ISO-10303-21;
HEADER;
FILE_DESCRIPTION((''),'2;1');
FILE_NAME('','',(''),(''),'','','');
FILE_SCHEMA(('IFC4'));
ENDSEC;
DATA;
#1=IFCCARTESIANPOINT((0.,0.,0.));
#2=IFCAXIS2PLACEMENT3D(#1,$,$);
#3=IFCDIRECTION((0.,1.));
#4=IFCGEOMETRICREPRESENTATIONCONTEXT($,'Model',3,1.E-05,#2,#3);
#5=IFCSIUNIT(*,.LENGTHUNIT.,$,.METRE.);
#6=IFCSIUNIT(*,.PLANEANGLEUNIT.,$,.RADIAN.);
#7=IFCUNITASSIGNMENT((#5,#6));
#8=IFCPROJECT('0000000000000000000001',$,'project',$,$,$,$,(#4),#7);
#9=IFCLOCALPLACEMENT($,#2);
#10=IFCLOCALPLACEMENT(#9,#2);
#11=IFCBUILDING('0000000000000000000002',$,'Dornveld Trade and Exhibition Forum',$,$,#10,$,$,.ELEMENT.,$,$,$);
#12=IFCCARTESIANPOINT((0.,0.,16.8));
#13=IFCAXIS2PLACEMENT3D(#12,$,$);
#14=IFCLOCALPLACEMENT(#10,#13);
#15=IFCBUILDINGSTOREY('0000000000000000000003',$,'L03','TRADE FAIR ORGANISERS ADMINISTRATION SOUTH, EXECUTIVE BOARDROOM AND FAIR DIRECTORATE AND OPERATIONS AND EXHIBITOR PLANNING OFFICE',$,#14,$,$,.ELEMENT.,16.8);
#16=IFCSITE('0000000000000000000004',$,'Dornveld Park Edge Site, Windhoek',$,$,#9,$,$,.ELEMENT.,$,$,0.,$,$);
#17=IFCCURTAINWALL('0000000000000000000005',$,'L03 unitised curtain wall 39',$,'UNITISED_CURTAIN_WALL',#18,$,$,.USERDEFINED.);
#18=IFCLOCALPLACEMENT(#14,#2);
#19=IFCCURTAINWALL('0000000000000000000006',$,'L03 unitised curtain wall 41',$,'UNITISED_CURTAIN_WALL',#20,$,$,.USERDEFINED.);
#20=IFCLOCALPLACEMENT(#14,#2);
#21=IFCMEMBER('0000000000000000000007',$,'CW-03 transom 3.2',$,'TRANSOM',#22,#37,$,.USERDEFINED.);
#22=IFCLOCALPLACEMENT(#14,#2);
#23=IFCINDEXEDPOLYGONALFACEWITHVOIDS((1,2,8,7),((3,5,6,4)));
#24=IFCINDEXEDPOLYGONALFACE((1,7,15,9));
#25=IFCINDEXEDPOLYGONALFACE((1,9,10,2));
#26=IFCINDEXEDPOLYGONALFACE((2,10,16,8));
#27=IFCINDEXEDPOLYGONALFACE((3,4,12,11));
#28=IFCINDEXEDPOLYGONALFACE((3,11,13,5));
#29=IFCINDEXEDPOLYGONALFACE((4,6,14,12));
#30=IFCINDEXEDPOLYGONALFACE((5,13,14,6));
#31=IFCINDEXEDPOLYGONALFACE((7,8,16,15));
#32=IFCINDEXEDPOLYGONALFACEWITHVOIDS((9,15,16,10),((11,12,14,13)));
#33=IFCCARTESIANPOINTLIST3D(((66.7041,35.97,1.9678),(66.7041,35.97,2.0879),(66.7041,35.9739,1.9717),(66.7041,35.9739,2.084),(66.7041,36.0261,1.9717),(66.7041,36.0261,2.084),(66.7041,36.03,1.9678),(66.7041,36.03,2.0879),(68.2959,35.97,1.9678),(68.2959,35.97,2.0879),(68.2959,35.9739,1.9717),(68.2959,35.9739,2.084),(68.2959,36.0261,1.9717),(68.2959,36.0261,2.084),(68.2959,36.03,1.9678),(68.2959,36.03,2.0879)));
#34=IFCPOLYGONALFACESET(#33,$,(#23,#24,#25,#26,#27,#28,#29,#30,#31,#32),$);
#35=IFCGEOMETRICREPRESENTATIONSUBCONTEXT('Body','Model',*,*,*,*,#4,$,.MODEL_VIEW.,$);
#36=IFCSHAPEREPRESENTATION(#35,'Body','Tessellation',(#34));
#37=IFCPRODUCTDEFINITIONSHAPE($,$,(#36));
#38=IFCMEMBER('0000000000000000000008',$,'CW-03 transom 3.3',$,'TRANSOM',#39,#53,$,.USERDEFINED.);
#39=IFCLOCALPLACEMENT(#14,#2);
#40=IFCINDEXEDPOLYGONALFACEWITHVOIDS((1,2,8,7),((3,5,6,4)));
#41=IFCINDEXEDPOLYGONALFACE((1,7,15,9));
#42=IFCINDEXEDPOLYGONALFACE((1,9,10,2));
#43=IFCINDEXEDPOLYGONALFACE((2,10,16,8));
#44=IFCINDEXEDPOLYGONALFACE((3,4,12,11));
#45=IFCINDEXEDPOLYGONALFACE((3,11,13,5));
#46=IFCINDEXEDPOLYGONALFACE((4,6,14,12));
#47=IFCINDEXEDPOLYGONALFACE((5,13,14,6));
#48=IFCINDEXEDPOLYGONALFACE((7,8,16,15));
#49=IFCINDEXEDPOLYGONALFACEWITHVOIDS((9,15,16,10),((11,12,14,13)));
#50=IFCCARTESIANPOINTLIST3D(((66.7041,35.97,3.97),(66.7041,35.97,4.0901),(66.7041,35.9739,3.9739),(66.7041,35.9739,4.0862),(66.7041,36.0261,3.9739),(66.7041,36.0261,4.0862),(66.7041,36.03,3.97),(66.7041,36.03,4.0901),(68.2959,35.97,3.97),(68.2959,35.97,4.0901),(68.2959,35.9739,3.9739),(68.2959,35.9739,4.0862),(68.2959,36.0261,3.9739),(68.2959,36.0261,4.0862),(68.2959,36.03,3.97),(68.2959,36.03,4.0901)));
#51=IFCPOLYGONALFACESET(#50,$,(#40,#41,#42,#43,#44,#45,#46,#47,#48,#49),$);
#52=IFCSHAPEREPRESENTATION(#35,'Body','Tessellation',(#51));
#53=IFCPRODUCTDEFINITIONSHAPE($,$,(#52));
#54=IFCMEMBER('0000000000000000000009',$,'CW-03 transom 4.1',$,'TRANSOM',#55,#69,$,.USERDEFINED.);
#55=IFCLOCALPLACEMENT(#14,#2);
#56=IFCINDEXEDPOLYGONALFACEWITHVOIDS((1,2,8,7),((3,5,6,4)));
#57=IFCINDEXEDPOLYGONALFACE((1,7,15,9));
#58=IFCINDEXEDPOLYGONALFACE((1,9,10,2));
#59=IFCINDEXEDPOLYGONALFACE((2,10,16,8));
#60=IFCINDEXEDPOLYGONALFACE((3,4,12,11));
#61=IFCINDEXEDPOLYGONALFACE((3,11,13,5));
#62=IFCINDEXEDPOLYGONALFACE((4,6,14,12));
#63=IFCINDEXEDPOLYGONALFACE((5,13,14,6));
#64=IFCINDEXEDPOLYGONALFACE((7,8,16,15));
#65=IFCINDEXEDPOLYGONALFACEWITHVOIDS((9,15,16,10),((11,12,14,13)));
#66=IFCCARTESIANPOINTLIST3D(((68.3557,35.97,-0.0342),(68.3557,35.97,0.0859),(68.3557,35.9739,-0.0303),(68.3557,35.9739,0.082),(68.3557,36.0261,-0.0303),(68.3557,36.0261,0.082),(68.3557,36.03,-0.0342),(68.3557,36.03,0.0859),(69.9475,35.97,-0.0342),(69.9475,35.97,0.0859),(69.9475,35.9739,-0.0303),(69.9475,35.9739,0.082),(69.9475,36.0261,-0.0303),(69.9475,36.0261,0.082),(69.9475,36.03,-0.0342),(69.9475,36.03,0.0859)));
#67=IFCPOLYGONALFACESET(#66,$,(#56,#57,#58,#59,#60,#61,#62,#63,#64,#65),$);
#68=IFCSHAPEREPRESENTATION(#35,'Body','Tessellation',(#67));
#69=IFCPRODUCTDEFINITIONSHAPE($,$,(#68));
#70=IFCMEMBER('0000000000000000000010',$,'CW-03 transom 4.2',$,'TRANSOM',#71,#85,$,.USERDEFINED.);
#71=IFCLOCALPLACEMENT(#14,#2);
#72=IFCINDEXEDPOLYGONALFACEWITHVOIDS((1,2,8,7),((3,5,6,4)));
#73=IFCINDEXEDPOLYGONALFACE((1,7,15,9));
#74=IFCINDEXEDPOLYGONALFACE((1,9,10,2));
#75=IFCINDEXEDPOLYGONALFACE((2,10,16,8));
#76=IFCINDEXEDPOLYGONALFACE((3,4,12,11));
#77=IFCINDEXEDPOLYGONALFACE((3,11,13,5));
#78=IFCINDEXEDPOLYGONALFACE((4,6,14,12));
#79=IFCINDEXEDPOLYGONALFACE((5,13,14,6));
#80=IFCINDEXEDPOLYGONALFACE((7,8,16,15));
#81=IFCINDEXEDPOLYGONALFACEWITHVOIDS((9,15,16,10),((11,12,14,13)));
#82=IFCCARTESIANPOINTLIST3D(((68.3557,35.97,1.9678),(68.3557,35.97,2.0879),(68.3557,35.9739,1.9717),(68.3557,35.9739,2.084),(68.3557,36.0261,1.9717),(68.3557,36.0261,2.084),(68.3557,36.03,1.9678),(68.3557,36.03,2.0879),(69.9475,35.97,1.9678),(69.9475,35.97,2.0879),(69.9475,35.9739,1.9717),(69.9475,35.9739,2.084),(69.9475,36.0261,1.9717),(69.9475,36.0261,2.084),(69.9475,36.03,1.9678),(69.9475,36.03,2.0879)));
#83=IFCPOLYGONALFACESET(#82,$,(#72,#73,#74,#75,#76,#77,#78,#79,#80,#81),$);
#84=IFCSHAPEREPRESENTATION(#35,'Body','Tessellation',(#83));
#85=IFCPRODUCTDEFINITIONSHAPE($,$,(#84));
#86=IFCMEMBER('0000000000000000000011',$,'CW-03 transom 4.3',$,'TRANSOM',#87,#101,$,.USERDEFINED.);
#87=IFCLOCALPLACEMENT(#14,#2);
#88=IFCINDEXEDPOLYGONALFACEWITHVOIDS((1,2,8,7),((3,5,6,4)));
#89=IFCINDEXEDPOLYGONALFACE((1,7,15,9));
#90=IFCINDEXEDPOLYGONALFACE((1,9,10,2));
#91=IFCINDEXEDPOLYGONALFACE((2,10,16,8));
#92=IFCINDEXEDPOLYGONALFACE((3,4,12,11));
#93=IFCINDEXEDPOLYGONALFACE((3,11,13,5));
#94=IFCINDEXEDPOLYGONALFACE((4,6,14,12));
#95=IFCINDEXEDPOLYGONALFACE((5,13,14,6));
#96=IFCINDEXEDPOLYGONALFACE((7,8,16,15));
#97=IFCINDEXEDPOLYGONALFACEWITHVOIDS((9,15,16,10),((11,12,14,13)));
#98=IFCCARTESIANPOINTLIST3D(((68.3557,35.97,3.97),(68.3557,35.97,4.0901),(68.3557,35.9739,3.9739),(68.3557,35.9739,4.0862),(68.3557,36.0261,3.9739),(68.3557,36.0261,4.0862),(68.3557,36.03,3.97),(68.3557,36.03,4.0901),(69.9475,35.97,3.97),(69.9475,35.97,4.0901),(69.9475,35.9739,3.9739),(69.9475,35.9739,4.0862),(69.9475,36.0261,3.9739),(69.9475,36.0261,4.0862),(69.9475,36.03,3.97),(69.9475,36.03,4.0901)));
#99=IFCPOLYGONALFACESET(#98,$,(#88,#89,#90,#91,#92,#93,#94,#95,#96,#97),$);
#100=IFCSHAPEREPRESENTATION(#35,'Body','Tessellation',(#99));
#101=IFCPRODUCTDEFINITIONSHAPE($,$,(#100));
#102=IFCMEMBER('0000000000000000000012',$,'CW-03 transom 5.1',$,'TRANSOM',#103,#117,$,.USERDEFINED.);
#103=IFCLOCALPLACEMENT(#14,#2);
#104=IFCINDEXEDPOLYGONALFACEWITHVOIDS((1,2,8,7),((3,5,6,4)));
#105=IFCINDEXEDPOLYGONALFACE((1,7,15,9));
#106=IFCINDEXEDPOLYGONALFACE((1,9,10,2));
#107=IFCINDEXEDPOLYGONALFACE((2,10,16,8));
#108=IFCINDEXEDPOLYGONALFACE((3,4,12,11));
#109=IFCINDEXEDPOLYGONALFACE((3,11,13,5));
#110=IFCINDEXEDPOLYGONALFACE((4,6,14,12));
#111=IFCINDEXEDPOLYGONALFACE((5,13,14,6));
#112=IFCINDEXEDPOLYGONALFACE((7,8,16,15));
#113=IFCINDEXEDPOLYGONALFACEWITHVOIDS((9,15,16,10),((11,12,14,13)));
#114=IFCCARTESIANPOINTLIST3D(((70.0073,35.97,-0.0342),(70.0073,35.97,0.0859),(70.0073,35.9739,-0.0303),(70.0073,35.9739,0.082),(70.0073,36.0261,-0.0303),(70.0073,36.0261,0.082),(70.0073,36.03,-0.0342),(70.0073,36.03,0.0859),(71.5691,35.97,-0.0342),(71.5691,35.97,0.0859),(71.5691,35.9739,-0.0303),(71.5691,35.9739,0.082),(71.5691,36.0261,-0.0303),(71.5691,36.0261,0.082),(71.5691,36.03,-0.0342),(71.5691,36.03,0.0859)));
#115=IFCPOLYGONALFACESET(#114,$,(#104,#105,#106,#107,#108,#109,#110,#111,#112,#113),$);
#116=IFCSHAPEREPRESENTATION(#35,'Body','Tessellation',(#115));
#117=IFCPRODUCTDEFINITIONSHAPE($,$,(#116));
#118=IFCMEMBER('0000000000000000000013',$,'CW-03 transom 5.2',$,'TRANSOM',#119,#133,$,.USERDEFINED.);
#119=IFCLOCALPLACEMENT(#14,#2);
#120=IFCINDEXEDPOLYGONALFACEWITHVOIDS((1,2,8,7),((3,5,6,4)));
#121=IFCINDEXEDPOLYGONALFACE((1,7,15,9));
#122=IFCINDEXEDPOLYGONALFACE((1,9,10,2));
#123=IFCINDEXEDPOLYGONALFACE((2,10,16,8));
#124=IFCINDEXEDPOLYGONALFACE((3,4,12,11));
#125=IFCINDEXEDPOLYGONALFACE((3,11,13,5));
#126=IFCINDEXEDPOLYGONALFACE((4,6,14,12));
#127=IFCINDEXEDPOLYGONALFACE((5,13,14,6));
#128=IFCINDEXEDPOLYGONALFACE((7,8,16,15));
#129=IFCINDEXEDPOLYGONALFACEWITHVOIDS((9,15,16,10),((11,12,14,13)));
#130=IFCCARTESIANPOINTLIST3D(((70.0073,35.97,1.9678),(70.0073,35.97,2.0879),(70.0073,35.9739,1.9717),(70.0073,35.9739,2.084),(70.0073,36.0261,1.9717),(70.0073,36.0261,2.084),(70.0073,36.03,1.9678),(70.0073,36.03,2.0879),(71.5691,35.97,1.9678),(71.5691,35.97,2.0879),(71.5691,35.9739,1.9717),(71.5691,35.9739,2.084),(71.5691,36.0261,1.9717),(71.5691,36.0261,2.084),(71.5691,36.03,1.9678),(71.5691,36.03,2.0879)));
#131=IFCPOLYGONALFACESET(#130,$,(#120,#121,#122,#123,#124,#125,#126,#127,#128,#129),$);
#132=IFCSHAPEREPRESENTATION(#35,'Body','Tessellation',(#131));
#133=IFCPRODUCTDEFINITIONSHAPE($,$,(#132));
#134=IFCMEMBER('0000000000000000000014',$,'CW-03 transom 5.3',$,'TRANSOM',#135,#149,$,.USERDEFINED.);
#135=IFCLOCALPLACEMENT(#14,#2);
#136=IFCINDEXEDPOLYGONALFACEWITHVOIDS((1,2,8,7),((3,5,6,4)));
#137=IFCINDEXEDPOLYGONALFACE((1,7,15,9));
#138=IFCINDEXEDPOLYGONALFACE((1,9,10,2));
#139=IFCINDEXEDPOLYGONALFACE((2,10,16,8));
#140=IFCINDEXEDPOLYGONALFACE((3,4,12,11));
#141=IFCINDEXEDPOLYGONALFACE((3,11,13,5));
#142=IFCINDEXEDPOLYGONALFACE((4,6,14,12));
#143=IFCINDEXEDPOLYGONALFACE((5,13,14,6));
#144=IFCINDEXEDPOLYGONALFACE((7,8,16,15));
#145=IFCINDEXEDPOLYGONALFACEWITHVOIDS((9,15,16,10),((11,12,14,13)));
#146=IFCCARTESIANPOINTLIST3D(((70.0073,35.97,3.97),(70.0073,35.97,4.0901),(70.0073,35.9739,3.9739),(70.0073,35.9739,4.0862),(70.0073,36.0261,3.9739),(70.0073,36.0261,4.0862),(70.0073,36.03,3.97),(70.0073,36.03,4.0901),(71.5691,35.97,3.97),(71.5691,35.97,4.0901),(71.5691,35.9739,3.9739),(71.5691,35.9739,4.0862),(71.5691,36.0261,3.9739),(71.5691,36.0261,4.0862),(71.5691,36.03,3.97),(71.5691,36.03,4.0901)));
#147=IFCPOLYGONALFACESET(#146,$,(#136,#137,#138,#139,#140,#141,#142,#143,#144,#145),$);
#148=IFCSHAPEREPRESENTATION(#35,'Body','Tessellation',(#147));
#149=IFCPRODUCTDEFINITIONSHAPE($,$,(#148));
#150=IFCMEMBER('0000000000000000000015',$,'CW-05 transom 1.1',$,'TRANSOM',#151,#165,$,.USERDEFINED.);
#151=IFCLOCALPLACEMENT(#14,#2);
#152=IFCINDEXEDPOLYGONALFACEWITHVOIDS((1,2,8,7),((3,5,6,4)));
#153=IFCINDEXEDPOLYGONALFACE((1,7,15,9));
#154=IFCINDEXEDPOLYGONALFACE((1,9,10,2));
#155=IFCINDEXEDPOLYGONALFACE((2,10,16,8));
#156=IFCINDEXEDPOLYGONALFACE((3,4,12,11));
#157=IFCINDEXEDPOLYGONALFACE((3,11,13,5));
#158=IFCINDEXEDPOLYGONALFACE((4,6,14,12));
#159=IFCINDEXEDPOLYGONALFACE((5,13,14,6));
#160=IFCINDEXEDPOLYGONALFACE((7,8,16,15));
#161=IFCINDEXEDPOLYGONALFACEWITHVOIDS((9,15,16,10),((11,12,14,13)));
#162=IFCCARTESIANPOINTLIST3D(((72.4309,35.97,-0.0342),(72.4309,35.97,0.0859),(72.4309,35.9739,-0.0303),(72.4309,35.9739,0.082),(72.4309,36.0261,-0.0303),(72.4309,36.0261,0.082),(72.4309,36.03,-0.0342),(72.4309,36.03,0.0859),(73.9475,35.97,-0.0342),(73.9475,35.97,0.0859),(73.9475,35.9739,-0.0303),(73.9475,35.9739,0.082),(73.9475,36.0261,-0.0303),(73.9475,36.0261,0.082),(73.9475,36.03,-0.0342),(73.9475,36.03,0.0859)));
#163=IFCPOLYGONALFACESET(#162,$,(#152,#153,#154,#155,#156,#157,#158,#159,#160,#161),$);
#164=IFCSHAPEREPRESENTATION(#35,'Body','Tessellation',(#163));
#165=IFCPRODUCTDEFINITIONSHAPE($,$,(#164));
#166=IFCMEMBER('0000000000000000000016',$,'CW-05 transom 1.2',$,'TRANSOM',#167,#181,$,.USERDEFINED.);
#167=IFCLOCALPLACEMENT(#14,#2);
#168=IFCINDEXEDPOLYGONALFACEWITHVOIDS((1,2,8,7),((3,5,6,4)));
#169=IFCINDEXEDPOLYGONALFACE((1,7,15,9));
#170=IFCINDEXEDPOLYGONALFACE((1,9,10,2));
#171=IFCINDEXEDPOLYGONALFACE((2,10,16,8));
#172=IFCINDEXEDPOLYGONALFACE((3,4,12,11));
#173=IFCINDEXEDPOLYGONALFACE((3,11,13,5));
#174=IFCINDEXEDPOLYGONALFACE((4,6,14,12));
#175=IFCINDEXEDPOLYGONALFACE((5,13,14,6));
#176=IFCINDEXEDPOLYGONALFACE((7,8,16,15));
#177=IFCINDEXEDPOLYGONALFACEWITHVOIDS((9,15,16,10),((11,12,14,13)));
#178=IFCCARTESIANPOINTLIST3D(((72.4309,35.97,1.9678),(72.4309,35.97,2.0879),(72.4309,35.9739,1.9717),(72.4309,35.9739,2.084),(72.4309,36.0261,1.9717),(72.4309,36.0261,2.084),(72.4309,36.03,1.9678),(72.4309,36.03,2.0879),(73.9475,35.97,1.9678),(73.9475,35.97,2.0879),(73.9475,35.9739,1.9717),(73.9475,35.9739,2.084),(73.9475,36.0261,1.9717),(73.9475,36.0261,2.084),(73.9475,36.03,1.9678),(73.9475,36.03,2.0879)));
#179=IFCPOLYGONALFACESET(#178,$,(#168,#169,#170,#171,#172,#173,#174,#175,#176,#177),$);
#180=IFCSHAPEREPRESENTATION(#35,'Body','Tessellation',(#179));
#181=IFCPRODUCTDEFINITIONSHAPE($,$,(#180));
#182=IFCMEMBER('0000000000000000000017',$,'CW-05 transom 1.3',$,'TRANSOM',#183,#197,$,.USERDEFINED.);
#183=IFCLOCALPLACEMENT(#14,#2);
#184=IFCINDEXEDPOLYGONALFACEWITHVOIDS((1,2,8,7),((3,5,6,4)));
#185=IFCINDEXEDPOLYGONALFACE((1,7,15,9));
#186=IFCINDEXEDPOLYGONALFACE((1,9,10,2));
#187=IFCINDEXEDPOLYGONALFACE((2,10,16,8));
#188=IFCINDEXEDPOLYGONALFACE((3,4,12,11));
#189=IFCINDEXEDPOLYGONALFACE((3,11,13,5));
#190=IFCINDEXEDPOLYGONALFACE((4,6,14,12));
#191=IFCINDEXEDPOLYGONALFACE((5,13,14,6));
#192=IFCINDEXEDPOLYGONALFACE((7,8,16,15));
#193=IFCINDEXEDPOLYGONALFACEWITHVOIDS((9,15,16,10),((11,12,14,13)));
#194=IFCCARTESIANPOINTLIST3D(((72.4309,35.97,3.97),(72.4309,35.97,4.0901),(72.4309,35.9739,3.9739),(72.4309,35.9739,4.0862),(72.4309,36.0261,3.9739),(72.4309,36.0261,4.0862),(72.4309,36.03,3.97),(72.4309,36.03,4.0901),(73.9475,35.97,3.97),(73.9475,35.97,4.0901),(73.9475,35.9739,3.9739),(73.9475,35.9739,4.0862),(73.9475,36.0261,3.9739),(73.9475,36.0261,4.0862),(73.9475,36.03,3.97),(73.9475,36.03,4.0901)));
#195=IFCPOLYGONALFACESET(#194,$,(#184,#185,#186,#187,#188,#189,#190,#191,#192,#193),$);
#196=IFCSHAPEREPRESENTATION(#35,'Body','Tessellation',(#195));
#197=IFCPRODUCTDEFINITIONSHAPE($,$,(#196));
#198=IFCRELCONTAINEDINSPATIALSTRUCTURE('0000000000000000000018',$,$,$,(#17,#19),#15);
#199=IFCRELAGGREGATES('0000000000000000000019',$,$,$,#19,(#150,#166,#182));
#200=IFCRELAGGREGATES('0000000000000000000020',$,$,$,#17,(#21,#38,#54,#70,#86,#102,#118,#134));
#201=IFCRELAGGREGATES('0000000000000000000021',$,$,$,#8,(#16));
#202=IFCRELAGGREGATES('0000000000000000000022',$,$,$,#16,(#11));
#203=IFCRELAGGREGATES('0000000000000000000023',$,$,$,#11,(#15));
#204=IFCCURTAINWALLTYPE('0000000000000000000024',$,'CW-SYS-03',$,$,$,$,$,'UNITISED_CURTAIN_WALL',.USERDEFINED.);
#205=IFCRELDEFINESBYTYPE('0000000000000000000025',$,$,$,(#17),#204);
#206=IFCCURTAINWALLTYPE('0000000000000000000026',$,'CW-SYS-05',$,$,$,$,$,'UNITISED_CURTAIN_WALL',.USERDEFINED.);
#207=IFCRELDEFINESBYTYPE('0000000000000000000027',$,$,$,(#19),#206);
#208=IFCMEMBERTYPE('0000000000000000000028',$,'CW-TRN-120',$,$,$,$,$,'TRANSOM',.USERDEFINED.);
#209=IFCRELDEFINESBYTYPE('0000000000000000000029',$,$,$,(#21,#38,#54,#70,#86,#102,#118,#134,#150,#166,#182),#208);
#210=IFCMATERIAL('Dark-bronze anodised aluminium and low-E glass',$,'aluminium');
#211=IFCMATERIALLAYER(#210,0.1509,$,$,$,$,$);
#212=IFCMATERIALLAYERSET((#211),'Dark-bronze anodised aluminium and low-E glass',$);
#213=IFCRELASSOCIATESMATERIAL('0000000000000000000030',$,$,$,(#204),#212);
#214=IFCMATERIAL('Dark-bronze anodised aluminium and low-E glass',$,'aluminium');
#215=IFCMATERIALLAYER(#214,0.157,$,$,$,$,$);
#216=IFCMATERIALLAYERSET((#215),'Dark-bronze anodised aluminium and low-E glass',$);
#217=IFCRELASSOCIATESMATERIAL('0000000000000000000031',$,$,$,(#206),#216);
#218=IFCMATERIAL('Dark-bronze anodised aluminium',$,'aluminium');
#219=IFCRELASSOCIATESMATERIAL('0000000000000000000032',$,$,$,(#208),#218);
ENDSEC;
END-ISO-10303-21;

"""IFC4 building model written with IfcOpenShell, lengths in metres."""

from ifc_helpers import new_model, si_unit, direction, frame, origin, origin_2d, place, context, subcontext, project, spatial, hollow_rectangle, extrude, material, layer, layer_set, material_profile, profile_set, type_object, element, aggregate, save


model = new_model("IFC4")

# Units and contexts
model_context = context("Model", 3, precision=1e-05, world=origin(), true_north=direction((0.0, 1.0)))
body_context = subcontext(model_context, "Body", "Model", "MODEL_VIEW")
ifc_project = project(units=[si_unit("LENGTHUNIT", "METRE"), si_unit("PLANEANGLEUNIT", "RADIAN")], contexts=[model_context])

# Site, building, storey
site_placement = place(None, origin())
site = spatial("IfcSite", under=ifc_project, at=site_placement, Name="Dornveld Park Edge Site, Windhoek", CompositionType="ELEMENT", RefElevation=0.0)
building_placement = place(site_placement, origin())
building = spatial("IfcBuilding", under=site, at=building_placement, Name="Dornveld Trade and Exhibition Forum", CompositionType="ELEMENT")
storey_placement = place(building_placement, frame((0.0, 0.0, 16.8)))
storey = spatial("IfcBuildingStorey", under=building, at=storey_placement, Name="L03", Description="TRADE FAIR ORGANISERS ADMINISTRATION SOUTH, EXECUTIVE BOARDROOM AND FAIR DIRECTORATE AND OPERATIONS AND EXHIBITOR PLANNING OFFICE", CompositionType="ELEMENT", Elevation=16.8)

# Curtain wall
ifc_material_1 = material(Name="Dark-bronze anodised aluminium and low-E glass", Category="aluminium")
ifc_layer_1 = layer(ifc_material_1, 0.1509)
ifc_layer_set_1 = layer_set([ifc_layer_1], Name="Dark-bronze anodised aluminium and low-E glass")
curtain_wall_type_1 = type_object("IfcCurtainWallType", Name="CW-SYS-03", ElementType="UNITISED_CURTAIN_WALL", PredefinedType="USERDEFINED", material=ifc_layer_set_1)
curtain_wall_1_placement = place(storey_placement, origin())
curtain_wall_1 = element("IfcCurtainWall", 1, at=curtain_wall_1_placement, inside=storey, type_object=curtain_wall_type_1, Name="L03 unitised curtain wall 39", ObjectType="UNITISED_CURTAIN_WALL", PredefinedType="USERDEFINED")

# Curtain wall
ifc_material_2 = material(Name="Dark-bronze anodised aluminium and low-E glass", Category="aluminium")
ifc_layer_2 = layer(ifc_material_2, 0.157)
ifc_layer_set_2 = layer_set([ifc_layer_2], Name="Dark-bronze anodised aluminium and low-E glass")
curtain_wall_type_2 = type_object("IfcCurtainWallType", Name="CW-SYS-05", ElementType="UNITISED_CURTAIN_WALL", PredefinedType="USERDEFINED", material=ifc_layer_set_2)
curtain_wall_2_placement = place(storey_placement, origin())
curtain_wall_2 = element("IfcCurtainWall", 2, at=curtain_wall_2_placement, inside=storey, type_object=curtain_wall_type_2, Name="L03 unitised curtain wall 41", ObjectType="UNITISED_CURTAIN_WALL", PredefinedType="USERDEFINED")

# Members
ifc_material_3 = material(Name="Dark-bronze anodised aluminium", Category="aluminium")
ifc_material_profile_1 = material_profile(ifc_material_3, hollow_rectangle(XDim=0.0601, YDim=0.1201, WallThickness=0.0039, at=origin_2d()), Name="RHS 120x60x4")
ifc_profile_set_1 = profile_set([ifc_material_profile_1], Name="Dark-bronze anodised aluminium")
member_type_1 = type_object("IfcMemberType", Name="CW-TRN-120", ElementType="TRANSOM", PredefinedType="USERDEFINED", material=ifc_profile_set_1)
member_1_placement = place(storey_placement, frame((66.7041, 36.0, 2.0278), z_axis=(1.0, 0.0, 0.0), x_axis=(0.0, 1.0, 0.0)))
member_1 = element("IfcMember", 3, at=member_1_placement, type_object=member_type_1, Name="CW-03 transom 3.2", ObjectType="TRANSOM", PredefinedType="USERDEFINED", context=body_context, shape_type="SweptSolid", body=[
    extrude(hollow_rectangle(XDim=0.0601, YDim=0.1201, WallThickness=0.0039, at=origin_2d()), origin(), (0.0, 0.0, 1.0), 1.5918),
])
member_2_placement = place(storey_placement, frame((66.7041, 36.0, 4.03), z_axis=(1.0, 0.0, 0.0), x_axis=(0.0, 1.0, 0.0)))
member_2 = element("IfcMember", 4, at=member_2_placement, type_object=member_type_1, Name="CW-03 transom 3.3", ObjectType="TRANSOM", PredefinedType="USERDEFINED", context=body_context, shape_type="SweptSolid", body=[
    extrude(hollow_rectangle(XDim=0.0601, YDim=0.1201, WallThickness=0.0039, at=origin_2d()), origin(), (0.0, 0.0, 1.0), 1.5918),
])
member_3_placement = place(storey_placement, frame((68.3557, 36.0, 0.0259), z_axis=(1.0, 0.0, 0.0), x_axis=(0.0, 1.0, 0.0)))
member_3 = element("IfcMember", 5, at=member_3_placement, type_object=member_type_1, Name="CW-03 transom 4.1", ObjectType="TRANSOM", PredefinedType="USERDEFINED", context=body_context, shape_type="SweptSolid", body=[
    extrude(hollow_rectangle(XDim=0.0601, YDim=0.1201, WallThickness=0.0039, at=origin_2d()), origin(), (0.0, 0.0, 1.0), 1.5918),
])
member_4_placement = place(storey_placement, frame((68.3557, 36.0, 2.0278), z_axis=(1.0, 0.0, 0.0), x_axis=(0.0, 1.0, 0.0)))
member_4 = element("IfcMember", 6, at=member_4_placement, type_object=member_type_1, Name="CW-03 transom 4.2", ObjectType="TRANSOM", PredefinedType="USERDEFINED", context=body_context, shape_type="SweptSolid", body=[
    extrude(hollow_rectangle(XDim=0.0601, YDim=0.1201, WallThickness=0.0039, at=origin_2d()), origin(), (0.0, 0.0, 1.0), 1.5918),
])
member_5_placement = place(storey_placement, frame((68.3557, 36.0, 4.03), z_axis=(1.0, 0.0, 0.0), x_axis=(0.0, 1.0, 0.0)))
member_5 = element("IfcMember", 7, at=member_5_placement, type_object=member_type_1, Name="CW-03 transom 4.3", ObjectType="TRANSOM", PredefinedType="USERDEFINED", context=body_context, shape_type="SweptSolid", body=[
    extrude(hollow_rectangle(XDim=0.0601, YDim=0.1201, WallThickness=0.0039, at=origin_2d()), origin(), (0.0, 0.0, 1.0), 1.5918),
])
member_6_placement = place(storey_placement, frame((70.0073, 36.0, 0.0259), z_axis=(1.0, 0.0, 0.0), x_axis=(0.0, 1.0, 0.0)))
member_6 = element("IfcMember", 8, at=member_6_placement, type_object=member_type_1, Name="CW-03 transom 5.1", ObjectType="TRANSOM", PredefinedType="USERDEFINED", context=body_context, shape_type="SweptSolid", body=[
    extrude(hollow_rectangle(XDim=0.0601, YDim=0.1201, WallThickness=0.0039, at=origin_2d()), origin(), (0.0, 0.0, 1.0), 1.5618),
])
member_7_placement = place(storey_placement, frame((70.0073, 36.0, 2.0278), z_axis=(1.0, 0.0, 0.0), x_axis=(0.0, 1.0, 0.0)))
member_7 = element("IfcMember", 9, at=member_7_placement, type_object=member_type_1, Name="CW-03 transom 5.2", ObjectType="TRANSOM", PredefinedType="USERDEFINED", context=body_context, shape_type="SweptSolid", body=[
    extrude(hollow_rectangle(XDim=0.0601, YDim=0.1201, WallThickness=0.0039, at=origin_2d()), origin(), (0.0, 0.0, 1.0), 1.5618),
])
member_8_placement = place(storey_placement, frame((70.0073, 36.0, 4.03), z_axis=(1.0, 0.0, 0.0), x_axis=(0.0, 1.0, 0.0)))
member_8 = element("IfcMember", 10, at=member_8_placement, type_object=member_type_1, Name="CW-03 transom 5.3", ObjectType="TRANSOM", PredefinedType="USERDEFINED", context=body_context, shape_type="SweptSolid", body=[
    extrude(hollow_rectangle(XDim=0.0601, YDim=0.1201, WallThickness=0.0039, at=origin_2d()), origin(), (0.0, 0.0, 1.0), 1.5618),
])
member_9_placement = place(storey_placement, frame((72.4309, 36.0, 0.0259), z_axis=(1.0, 0.0, 0.0), x_axis=(0.0, 1.0, 0.0)))
member_9 = element("IfcMember", 11, at=member_9_placement, type_object=member_type_1, Name="CW-05 transom 1.1", ObjectType="TRANSOM", PredefinedType="USERDEFINED", context=body_context, shape_type="SweptSolid", body=[
    extrude(hollow_rectangle(XDim=0.0601, YDim=0.1201, WallThickness=0.0039, at=origin_2d()), origin(), (0.0, 0.0, 1.0), 1.5166),
])
member_10_placement = place(storey_placement, frame((72.4309, 36.0, 2.0278), z_axis=(1.0, 0.0, 0.0), x_axis=(0.0, 1.0, 0.0)))
member_10 = element("IfcMember", 12, at=member_10_placement, type_object=member_type_1, Name="CW-05 transom 1.2", ObjectType="TRANSOM", PredefinedType="USERDEFINED", context=body_context, shape_type="SweptSolid", body=[
    extrude(hollow_rectangle(XDim=0.0601, YDim=0.1201, WallThickness=0.0039, at=origin_2d()), origin(), (0.0, 0.0, 1.0), 1.5166),
])
member_11_placement = place(storey_placement, frame((72.4309, 36.0, 4.03), z_axis=(1.0, 0.0, 0.0), x_axis=(0.0, 1.0, 0.0)))
member_11 = element("IfcMember", 13, at=member_11_placement, type_object=member_type_1, Name="CW-05 transom 1.3", ObjectType="TRANSOM", PredefinedType="USERDEFINED", context=body_context, shape_type="SweptSolid", body=[
    extrude(hollow_rectangle(XDim=0.0601, YDim=0.1201, WallThickness=0.0039, at=origin_2d()), origin(), (0.0, 0.0, 1.0), 1.5166),
])
aggregate(curtain_wall_2, [member_9, member_10, member_11])

aggregate(curtain_wall_1, [member_1, member_2, member_3, member_4, member_5, member_6, member_7, member_8])

save(model, "model.ifc")
